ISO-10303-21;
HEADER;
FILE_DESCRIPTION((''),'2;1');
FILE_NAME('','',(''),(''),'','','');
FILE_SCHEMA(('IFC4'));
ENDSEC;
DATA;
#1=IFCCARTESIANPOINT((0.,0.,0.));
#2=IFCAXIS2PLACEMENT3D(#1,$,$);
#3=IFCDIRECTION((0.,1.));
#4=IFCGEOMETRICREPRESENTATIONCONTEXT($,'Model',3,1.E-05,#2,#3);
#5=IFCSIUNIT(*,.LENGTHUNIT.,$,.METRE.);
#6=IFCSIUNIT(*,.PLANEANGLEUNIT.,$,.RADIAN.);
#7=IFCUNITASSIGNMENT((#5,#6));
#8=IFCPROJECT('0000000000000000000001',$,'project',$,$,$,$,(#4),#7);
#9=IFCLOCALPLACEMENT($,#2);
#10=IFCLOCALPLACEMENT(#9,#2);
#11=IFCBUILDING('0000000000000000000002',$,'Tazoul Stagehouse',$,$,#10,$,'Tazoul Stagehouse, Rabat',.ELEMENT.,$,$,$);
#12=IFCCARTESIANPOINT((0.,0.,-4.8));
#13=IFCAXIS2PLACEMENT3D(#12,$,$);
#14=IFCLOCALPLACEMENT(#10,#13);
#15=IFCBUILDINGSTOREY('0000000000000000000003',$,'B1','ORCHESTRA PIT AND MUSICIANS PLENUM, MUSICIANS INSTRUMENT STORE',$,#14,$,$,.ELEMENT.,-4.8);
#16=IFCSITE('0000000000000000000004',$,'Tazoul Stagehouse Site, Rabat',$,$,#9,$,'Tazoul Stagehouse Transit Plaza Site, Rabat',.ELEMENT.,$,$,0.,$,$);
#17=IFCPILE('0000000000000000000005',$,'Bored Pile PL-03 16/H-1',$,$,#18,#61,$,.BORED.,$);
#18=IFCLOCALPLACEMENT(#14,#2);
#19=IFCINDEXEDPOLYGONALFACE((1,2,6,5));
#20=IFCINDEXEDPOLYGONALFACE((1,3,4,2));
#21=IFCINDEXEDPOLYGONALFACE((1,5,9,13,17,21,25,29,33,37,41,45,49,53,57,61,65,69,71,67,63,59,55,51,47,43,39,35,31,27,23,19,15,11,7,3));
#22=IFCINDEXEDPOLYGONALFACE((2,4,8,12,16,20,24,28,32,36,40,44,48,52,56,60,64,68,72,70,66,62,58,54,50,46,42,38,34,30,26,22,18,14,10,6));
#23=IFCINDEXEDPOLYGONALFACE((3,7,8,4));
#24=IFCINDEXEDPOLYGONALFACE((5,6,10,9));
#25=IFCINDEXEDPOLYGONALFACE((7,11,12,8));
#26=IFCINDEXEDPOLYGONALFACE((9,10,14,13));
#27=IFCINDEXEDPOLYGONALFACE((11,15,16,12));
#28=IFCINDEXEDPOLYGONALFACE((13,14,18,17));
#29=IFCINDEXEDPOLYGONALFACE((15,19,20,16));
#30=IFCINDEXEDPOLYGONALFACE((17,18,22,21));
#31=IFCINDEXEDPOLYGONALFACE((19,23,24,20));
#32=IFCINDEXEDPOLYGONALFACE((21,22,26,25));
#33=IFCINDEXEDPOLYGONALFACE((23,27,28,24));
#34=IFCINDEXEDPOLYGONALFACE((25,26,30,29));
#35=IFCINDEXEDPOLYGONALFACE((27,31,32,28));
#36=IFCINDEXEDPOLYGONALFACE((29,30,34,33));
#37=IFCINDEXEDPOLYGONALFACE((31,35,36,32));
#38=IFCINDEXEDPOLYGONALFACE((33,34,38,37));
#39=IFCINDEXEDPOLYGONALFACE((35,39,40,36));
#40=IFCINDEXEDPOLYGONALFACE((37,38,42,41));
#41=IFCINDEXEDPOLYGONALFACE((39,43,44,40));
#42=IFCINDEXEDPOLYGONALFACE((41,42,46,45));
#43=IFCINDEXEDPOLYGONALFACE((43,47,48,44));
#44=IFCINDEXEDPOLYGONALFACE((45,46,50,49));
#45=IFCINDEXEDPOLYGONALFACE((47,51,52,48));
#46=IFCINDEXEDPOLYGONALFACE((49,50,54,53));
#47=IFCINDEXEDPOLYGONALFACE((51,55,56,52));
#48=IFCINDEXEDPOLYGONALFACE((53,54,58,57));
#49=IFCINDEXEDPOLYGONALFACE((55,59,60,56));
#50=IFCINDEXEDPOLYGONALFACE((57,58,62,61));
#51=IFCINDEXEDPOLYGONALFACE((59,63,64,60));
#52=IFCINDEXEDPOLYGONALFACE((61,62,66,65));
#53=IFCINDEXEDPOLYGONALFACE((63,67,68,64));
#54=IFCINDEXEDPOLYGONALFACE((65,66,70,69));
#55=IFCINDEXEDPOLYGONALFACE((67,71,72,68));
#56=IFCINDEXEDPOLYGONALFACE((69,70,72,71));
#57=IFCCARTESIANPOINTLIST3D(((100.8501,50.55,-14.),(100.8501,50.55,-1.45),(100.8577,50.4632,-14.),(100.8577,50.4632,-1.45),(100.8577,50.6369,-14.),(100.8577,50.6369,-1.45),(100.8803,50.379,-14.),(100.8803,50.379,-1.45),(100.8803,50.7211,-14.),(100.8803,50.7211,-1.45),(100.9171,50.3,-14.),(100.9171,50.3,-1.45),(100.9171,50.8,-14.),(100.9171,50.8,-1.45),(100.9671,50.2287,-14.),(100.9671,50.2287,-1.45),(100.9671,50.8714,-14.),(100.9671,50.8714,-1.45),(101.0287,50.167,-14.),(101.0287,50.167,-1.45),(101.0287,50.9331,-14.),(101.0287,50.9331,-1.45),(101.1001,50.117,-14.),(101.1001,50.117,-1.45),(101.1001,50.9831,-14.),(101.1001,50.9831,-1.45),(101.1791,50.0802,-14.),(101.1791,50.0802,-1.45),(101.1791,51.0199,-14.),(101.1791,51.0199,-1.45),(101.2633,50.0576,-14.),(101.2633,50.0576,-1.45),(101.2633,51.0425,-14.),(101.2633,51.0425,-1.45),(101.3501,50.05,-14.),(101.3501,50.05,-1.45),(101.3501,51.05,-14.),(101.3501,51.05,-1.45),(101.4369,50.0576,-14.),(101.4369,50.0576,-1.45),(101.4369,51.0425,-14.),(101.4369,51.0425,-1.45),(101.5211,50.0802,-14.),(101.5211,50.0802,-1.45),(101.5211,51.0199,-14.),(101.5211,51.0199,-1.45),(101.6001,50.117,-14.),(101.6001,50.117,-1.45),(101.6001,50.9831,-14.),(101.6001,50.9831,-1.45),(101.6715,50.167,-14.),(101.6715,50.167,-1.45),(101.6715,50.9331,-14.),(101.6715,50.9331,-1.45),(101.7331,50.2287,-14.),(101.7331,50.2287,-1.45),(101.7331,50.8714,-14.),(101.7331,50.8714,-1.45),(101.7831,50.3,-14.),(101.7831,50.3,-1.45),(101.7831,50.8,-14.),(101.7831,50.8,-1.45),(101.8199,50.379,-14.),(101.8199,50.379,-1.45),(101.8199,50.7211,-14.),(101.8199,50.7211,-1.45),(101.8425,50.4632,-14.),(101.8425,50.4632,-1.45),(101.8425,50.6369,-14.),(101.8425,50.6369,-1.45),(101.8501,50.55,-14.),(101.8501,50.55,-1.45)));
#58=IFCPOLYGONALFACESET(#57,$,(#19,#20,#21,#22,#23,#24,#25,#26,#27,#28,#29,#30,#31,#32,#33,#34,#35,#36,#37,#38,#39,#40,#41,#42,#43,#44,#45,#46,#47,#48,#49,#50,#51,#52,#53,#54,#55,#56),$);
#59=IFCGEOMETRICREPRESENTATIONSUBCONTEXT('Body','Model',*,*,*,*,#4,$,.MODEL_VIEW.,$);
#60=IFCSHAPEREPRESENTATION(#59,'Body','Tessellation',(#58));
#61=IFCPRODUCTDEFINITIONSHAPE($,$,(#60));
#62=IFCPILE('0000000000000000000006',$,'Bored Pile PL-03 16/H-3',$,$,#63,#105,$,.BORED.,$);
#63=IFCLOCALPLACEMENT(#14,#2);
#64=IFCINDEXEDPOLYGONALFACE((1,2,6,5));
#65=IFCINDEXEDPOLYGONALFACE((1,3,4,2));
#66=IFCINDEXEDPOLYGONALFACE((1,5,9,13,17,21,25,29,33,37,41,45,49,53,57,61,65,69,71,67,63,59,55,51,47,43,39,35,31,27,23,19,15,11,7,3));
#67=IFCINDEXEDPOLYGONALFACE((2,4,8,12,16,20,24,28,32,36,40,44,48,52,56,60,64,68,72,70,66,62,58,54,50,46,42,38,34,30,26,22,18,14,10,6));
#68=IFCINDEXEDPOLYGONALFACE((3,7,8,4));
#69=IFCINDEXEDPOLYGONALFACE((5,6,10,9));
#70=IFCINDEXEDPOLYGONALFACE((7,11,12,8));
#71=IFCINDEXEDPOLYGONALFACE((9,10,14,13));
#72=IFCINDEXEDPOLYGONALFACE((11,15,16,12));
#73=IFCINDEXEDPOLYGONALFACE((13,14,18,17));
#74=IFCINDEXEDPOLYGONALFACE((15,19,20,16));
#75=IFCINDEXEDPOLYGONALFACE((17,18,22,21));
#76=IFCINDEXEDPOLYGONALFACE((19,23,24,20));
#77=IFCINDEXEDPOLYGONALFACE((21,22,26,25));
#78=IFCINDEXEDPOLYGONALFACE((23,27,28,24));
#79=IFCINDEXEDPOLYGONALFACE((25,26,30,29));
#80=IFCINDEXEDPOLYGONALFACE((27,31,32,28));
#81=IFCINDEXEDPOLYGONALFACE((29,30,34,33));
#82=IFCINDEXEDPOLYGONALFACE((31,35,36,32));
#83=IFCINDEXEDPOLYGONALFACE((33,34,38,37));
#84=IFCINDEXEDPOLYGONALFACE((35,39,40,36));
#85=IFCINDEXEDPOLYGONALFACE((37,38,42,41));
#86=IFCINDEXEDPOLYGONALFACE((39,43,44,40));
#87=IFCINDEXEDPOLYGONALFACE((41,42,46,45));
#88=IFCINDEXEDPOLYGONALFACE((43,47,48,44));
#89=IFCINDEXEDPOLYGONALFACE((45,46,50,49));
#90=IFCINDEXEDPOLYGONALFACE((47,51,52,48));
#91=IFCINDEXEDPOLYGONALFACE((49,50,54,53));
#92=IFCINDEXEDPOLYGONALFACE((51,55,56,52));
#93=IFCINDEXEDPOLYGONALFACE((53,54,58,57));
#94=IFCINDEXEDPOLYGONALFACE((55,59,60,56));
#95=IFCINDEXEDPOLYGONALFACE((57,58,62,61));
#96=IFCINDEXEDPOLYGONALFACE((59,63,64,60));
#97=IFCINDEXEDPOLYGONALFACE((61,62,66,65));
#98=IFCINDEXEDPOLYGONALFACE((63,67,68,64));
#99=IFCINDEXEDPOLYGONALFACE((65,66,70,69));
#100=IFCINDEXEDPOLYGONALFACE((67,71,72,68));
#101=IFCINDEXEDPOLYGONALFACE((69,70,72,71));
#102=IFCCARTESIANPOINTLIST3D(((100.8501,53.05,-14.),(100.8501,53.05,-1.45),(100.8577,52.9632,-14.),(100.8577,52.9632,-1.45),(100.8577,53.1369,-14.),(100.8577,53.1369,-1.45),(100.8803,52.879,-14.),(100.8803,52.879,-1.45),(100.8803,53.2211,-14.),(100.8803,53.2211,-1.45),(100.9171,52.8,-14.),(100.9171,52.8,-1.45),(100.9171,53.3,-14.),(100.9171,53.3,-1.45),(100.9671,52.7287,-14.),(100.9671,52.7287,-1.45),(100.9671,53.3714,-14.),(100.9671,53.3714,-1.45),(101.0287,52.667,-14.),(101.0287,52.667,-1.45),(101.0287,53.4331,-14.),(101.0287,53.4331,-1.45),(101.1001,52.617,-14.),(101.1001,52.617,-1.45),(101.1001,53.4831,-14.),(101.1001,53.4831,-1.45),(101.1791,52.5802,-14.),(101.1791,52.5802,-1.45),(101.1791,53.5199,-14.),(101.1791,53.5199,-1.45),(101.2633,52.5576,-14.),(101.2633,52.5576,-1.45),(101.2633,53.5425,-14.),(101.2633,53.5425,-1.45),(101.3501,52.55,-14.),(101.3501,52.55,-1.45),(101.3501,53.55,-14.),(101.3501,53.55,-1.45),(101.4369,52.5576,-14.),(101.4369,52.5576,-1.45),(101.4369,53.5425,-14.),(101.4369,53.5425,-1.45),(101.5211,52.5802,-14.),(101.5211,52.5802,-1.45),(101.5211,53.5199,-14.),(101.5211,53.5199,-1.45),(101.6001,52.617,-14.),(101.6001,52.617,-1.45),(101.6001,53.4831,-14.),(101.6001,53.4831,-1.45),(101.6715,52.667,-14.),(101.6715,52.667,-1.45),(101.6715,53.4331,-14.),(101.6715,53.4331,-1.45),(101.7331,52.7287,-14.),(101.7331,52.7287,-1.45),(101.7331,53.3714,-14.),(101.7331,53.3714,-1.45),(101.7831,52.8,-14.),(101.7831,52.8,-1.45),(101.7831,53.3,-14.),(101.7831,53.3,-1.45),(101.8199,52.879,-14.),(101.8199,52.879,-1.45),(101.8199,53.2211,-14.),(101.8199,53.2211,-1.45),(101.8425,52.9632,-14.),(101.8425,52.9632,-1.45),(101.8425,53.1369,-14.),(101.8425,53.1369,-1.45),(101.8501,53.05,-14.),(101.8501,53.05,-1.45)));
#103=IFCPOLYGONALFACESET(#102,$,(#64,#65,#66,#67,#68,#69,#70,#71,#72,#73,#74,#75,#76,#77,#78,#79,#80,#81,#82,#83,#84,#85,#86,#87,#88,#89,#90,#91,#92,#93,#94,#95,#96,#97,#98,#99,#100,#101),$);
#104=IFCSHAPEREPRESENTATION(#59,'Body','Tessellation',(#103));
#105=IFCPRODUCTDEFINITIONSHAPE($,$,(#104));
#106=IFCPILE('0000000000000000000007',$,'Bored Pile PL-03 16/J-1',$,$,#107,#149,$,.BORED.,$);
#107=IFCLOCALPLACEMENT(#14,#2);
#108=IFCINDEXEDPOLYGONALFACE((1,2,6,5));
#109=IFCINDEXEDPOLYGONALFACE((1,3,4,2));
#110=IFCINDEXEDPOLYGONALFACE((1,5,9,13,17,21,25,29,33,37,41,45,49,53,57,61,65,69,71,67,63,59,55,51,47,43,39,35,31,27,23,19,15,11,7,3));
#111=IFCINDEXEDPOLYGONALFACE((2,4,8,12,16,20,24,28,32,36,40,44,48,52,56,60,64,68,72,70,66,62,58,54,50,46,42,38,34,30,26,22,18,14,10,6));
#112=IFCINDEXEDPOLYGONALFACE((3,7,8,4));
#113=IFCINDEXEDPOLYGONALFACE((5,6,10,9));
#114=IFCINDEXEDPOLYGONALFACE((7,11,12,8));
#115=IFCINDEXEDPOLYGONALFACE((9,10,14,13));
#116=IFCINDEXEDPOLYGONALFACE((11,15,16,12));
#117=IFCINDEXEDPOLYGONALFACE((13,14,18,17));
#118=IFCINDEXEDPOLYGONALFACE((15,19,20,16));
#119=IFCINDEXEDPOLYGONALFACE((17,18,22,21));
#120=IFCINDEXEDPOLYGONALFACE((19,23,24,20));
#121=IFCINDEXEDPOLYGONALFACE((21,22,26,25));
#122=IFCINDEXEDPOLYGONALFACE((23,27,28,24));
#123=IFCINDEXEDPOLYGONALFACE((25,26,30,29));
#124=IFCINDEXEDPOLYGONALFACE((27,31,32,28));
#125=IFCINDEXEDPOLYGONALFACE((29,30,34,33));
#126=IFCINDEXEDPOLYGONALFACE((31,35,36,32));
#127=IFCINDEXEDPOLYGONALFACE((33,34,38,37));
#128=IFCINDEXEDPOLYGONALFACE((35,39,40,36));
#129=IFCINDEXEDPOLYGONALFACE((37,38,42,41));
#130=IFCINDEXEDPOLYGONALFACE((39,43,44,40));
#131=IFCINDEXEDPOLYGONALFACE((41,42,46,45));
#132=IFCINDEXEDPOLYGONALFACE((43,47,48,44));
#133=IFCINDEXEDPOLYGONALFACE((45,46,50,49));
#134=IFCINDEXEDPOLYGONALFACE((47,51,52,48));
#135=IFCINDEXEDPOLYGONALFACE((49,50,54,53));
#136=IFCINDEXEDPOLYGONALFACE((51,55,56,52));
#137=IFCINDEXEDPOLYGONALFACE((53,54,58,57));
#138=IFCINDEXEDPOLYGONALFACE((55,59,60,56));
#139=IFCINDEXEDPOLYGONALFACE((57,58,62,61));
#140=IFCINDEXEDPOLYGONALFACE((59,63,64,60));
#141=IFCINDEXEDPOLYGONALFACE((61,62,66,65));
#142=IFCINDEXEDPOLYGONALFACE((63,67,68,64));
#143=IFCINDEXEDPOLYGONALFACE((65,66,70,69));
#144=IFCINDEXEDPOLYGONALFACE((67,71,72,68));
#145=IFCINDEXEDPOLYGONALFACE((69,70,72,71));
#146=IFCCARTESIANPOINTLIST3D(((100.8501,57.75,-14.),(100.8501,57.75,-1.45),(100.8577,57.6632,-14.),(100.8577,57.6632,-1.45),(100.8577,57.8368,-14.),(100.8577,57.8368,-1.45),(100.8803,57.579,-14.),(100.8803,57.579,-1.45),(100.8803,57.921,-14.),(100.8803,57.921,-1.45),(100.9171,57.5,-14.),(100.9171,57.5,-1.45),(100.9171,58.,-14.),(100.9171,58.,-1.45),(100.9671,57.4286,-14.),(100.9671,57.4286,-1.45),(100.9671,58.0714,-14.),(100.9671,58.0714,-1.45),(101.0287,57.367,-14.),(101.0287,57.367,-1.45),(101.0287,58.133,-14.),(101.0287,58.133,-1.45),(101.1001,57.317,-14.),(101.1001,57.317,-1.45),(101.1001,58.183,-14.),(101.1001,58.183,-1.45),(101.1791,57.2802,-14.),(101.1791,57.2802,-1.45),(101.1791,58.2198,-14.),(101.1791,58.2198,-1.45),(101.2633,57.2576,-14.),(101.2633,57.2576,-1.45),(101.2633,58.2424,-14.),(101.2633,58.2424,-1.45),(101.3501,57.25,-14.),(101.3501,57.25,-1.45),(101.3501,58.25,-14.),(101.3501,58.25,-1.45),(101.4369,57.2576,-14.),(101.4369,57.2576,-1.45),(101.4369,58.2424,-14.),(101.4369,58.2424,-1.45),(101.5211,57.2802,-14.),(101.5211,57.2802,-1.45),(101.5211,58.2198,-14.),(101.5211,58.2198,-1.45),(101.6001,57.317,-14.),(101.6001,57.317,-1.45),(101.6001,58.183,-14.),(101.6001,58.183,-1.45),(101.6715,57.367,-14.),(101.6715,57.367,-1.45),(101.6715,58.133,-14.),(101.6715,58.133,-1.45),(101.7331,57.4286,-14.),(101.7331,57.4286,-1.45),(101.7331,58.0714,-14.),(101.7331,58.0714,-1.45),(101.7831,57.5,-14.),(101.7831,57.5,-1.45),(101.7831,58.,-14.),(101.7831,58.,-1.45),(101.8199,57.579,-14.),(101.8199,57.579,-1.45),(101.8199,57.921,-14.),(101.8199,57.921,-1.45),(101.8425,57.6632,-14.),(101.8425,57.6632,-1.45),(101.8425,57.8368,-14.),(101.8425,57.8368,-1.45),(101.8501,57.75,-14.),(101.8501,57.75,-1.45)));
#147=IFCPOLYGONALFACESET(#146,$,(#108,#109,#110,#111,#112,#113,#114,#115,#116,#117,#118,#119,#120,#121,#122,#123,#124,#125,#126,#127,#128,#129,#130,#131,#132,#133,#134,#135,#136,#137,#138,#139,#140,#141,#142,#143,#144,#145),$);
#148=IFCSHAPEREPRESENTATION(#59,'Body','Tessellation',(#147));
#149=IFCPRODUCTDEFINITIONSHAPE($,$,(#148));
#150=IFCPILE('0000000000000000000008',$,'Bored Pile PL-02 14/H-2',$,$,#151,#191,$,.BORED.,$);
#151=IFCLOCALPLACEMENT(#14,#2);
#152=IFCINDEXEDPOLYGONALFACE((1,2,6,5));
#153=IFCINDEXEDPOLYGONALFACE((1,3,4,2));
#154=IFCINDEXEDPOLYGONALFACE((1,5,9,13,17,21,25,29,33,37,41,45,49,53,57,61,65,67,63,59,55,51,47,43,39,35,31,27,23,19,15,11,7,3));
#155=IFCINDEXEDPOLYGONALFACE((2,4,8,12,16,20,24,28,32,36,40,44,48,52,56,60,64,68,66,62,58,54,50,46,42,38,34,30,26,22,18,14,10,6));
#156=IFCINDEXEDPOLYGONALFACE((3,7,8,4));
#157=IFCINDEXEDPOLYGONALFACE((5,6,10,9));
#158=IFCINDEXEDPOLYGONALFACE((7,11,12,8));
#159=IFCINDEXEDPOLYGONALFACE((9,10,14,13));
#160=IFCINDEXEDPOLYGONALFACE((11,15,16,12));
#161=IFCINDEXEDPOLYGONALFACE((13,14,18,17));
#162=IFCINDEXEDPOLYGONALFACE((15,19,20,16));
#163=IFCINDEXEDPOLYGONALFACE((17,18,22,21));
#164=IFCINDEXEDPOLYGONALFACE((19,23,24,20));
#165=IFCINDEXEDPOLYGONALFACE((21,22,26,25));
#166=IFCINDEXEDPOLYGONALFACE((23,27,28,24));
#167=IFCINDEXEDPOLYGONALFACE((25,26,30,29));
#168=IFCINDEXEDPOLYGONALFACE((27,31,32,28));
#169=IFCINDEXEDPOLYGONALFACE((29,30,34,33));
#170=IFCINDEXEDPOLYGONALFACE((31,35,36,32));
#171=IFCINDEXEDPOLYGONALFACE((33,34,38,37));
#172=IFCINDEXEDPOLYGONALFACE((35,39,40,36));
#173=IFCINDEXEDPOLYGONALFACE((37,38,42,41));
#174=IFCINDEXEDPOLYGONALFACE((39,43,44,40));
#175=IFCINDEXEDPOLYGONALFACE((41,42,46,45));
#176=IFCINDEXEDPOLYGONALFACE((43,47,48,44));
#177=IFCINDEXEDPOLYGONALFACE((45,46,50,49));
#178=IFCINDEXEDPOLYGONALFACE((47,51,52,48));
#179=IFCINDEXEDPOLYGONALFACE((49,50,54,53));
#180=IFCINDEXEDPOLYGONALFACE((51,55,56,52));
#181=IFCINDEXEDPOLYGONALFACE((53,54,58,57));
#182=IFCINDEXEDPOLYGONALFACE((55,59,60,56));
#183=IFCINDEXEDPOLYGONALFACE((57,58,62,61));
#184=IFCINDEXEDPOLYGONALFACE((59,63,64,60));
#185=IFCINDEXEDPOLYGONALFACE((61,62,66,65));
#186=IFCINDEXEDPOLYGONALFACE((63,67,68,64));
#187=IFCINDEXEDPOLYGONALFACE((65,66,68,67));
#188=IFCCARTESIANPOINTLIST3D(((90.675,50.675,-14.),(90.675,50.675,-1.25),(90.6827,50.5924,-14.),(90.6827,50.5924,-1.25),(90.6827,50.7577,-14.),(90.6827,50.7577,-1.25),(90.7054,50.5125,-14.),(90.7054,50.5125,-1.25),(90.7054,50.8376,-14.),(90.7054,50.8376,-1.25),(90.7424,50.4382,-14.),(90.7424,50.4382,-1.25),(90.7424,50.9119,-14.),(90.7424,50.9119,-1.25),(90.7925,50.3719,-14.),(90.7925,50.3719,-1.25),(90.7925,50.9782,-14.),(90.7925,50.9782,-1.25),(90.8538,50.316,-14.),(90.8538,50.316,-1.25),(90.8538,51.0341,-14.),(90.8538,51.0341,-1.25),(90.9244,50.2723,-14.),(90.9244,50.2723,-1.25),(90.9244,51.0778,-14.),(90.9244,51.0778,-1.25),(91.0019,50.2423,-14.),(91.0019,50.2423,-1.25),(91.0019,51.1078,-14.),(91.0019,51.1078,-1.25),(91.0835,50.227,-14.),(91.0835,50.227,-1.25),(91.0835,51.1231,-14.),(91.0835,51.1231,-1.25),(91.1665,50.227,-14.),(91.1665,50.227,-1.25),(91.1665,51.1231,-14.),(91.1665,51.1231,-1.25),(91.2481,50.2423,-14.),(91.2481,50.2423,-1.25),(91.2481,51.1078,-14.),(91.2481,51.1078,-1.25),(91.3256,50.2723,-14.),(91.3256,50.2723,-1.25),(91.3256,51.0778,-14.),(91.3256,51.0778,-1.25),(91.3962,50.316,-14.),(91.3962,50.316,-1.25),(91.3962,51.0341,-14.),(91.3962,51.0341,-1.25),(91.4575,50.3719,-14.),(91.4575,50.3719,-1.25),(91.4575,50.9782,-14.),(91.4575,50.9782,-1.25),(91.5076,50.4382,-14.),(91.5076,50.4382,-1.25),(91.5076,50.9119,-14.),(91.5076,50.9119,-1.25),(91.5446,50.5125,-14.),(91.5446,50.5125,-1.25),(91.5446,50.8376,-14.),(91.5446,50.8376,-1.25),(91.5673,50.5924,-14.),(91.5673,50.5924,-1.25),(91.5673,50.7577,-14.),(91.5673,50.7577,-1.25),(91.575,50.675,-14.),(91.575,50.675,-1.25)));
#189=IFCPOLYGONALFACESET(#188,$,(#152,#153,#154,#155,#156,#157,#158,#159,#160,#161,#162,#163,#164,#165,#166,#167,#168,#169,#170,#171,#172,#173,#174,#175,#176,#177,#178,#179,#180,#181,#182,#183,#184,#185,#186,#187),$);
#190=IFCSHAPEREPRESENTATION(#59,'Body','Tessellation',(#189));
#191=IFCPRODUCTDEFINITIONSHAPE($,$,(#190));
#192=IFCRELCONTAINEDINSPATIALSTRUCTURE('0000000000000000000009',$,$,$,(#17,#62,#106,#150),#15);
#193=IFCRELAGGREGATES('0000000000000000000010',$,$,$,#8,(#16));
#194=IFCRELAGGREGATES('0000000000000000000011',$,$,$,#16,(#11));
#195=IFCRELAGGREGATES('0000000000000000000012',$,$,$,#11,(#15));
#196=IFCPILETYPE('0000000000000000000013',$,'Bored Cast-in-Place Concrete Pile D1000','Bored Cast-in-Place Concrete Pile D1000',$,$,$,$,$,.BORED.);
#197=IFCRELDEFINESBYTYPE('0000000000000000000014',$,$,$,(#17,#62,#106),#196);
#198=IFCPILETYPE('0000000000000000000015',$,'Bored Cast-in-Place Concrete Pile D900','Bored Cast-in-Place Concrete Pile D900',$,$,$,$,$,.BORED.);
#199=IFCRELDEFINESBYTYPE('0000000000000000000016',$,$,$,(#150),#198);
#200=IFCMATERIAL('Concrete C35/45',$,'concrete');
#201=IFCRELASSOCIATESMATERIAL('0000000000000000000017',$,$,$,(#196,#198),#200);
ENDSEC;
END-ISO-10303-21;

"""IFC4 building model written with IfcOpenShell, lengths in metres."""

from ifc_helpers import new_model, si_unit, direction, frame, origin, origin_2d, place, context, subcontext, project, spatial, circle, extrude, material, material_profile, profile_set, type_object, element, save


model = new_model("IFC4")

# Units and contexts
model_context = context("Model", 3, precision=1e-05, world=origin(), true_north=direction((0.0, 1.0)))
body_context = subcontext(model_context, "Body", "Model", "MODEL_VIEW")
ifc_project = project(units=[si_unit("LENGTHUNIT", "METRE"), si_unit("PLANEANGLEUNIT", "RADIAN")], contexts=[model_context])

# Site, building, storey
site_placement = place(None, origin())
site = spatial("IfcSite", under=ifc_project, at=site_placement, Name="Tazoul Stagehouse Site, Rabat", LongName="Tazoul Stagehouse Transit Plaza Site, Rabat", CompositionType="ELEMENT", RefElevation=0.0)
building_placement = place(site_placement, origin())
building = spatial("IfcBuilding", under=site, at=building_placement, Name="Tazoul Stagehouse", LongName="Tazoul Stagehouse, Rabat", CompositionType="ELEMENT")
storey_placement = place(building_placement, frame((0.0, 0.0, -4.8)))
storey = spatial("IfcBuildingStorey", under=building, at=storey_placement, Name="B1", Description="ORCHESTRA PIT AND MUSICIANS PLENUM, MUSICIANS INSTRUMENT STORE", CompositionType="ELEMENT", Elevation=-4.8)

# Piles
ifc_material_1 = material(Name="Concrete C35/45", Category="concrete")
ifc_material_profile_1 = material_profile(ifc_material_1, circle(Radius=0.5, at=origin_2d()), Name="BORED PILE 1000")
ifc_profile_set_1 = profile_set([ifc_material_profile_1], Name="Concrete C35/45")
pile_type_1 = type_object("IfcPileType", Name="Bored Cast-in-Place Concrete Pile D1000", Description="Bored Cast-in-Place Concrete Pile D1000", PredefinedType="BORED", material=ifc_profile_set_1)
for number, where, z_axis, x_axis, name in (
    (1, (101.3501, 50.55, -1.45), (0.0, 0.0, -1.0), (1.0, 0.0, 0.0), "Bored Pile PL-03 16/H-1"),
    (2, (101.3501, 53.05, -1.45), (0.0, 0.0, -1.0), (1.0, 0.0, 0.0), "Bored Pile PL-03 16/H-3"),
    (3, (101.3501, 57.75, -1.45), (0.0, 0.0, -1.0), (1.0, 0.0, 0.0), "Bored Pile PL-03 16/J-1"),
):
    element("IfcPile", number, at=place(storey_placement, frame(where, z_axis=z_axis, x_axis=x_axis)), inside=storey, type_object=pile_type_1, Name=name, PredefinedType="BORED", context=body_context, shape_type="SweptSolid", body=[
        extrude(circle(Radius=0.5, at=origin_2d()), origin(), (0.0, 0.0, 1.0), 12.55),
    ])
ifc_material_profile_2 = material_profile(ifc_material_1, circle(Radius=0.45, at=origin_2d()), Name="BORED PILE 900")
ifc_profile_set_2 = profile_set([ifc_material_profile_2], Name="Concrete C35/45")
pile_type_2 = type_object("IfcPileType", Name="Bored Cast-in-Place Concrete Pile D900", Description="Bored Cast-in-Place Concrete Pile D900", PredefinedType="BORED", material=ifc_profile_set_2)
for number, where, z_axis, x_axis, name in (
    (4, (91.125, 50.675, -1.25), (0.0, 0.0, -1.0), (1.0, 0.0, 0.0), "Bored Pile PL-02 14/H-2"),
):
    element("IfcPile", number, at=place(storey_placement, frame(where, z_axis=z_axis, x_axis=x_axis)), inside=storey, type_object=pile_type_2, Name=name, PredefinedType="BORED", context=body_context, shape_type="SweptSolid", body=[
        extrude(circle(Radius=0.45, at=origin_2d()), origin(), (0.0, 0.0, 1.0), 12.75),
    ])

save(model, "model.ifc")
